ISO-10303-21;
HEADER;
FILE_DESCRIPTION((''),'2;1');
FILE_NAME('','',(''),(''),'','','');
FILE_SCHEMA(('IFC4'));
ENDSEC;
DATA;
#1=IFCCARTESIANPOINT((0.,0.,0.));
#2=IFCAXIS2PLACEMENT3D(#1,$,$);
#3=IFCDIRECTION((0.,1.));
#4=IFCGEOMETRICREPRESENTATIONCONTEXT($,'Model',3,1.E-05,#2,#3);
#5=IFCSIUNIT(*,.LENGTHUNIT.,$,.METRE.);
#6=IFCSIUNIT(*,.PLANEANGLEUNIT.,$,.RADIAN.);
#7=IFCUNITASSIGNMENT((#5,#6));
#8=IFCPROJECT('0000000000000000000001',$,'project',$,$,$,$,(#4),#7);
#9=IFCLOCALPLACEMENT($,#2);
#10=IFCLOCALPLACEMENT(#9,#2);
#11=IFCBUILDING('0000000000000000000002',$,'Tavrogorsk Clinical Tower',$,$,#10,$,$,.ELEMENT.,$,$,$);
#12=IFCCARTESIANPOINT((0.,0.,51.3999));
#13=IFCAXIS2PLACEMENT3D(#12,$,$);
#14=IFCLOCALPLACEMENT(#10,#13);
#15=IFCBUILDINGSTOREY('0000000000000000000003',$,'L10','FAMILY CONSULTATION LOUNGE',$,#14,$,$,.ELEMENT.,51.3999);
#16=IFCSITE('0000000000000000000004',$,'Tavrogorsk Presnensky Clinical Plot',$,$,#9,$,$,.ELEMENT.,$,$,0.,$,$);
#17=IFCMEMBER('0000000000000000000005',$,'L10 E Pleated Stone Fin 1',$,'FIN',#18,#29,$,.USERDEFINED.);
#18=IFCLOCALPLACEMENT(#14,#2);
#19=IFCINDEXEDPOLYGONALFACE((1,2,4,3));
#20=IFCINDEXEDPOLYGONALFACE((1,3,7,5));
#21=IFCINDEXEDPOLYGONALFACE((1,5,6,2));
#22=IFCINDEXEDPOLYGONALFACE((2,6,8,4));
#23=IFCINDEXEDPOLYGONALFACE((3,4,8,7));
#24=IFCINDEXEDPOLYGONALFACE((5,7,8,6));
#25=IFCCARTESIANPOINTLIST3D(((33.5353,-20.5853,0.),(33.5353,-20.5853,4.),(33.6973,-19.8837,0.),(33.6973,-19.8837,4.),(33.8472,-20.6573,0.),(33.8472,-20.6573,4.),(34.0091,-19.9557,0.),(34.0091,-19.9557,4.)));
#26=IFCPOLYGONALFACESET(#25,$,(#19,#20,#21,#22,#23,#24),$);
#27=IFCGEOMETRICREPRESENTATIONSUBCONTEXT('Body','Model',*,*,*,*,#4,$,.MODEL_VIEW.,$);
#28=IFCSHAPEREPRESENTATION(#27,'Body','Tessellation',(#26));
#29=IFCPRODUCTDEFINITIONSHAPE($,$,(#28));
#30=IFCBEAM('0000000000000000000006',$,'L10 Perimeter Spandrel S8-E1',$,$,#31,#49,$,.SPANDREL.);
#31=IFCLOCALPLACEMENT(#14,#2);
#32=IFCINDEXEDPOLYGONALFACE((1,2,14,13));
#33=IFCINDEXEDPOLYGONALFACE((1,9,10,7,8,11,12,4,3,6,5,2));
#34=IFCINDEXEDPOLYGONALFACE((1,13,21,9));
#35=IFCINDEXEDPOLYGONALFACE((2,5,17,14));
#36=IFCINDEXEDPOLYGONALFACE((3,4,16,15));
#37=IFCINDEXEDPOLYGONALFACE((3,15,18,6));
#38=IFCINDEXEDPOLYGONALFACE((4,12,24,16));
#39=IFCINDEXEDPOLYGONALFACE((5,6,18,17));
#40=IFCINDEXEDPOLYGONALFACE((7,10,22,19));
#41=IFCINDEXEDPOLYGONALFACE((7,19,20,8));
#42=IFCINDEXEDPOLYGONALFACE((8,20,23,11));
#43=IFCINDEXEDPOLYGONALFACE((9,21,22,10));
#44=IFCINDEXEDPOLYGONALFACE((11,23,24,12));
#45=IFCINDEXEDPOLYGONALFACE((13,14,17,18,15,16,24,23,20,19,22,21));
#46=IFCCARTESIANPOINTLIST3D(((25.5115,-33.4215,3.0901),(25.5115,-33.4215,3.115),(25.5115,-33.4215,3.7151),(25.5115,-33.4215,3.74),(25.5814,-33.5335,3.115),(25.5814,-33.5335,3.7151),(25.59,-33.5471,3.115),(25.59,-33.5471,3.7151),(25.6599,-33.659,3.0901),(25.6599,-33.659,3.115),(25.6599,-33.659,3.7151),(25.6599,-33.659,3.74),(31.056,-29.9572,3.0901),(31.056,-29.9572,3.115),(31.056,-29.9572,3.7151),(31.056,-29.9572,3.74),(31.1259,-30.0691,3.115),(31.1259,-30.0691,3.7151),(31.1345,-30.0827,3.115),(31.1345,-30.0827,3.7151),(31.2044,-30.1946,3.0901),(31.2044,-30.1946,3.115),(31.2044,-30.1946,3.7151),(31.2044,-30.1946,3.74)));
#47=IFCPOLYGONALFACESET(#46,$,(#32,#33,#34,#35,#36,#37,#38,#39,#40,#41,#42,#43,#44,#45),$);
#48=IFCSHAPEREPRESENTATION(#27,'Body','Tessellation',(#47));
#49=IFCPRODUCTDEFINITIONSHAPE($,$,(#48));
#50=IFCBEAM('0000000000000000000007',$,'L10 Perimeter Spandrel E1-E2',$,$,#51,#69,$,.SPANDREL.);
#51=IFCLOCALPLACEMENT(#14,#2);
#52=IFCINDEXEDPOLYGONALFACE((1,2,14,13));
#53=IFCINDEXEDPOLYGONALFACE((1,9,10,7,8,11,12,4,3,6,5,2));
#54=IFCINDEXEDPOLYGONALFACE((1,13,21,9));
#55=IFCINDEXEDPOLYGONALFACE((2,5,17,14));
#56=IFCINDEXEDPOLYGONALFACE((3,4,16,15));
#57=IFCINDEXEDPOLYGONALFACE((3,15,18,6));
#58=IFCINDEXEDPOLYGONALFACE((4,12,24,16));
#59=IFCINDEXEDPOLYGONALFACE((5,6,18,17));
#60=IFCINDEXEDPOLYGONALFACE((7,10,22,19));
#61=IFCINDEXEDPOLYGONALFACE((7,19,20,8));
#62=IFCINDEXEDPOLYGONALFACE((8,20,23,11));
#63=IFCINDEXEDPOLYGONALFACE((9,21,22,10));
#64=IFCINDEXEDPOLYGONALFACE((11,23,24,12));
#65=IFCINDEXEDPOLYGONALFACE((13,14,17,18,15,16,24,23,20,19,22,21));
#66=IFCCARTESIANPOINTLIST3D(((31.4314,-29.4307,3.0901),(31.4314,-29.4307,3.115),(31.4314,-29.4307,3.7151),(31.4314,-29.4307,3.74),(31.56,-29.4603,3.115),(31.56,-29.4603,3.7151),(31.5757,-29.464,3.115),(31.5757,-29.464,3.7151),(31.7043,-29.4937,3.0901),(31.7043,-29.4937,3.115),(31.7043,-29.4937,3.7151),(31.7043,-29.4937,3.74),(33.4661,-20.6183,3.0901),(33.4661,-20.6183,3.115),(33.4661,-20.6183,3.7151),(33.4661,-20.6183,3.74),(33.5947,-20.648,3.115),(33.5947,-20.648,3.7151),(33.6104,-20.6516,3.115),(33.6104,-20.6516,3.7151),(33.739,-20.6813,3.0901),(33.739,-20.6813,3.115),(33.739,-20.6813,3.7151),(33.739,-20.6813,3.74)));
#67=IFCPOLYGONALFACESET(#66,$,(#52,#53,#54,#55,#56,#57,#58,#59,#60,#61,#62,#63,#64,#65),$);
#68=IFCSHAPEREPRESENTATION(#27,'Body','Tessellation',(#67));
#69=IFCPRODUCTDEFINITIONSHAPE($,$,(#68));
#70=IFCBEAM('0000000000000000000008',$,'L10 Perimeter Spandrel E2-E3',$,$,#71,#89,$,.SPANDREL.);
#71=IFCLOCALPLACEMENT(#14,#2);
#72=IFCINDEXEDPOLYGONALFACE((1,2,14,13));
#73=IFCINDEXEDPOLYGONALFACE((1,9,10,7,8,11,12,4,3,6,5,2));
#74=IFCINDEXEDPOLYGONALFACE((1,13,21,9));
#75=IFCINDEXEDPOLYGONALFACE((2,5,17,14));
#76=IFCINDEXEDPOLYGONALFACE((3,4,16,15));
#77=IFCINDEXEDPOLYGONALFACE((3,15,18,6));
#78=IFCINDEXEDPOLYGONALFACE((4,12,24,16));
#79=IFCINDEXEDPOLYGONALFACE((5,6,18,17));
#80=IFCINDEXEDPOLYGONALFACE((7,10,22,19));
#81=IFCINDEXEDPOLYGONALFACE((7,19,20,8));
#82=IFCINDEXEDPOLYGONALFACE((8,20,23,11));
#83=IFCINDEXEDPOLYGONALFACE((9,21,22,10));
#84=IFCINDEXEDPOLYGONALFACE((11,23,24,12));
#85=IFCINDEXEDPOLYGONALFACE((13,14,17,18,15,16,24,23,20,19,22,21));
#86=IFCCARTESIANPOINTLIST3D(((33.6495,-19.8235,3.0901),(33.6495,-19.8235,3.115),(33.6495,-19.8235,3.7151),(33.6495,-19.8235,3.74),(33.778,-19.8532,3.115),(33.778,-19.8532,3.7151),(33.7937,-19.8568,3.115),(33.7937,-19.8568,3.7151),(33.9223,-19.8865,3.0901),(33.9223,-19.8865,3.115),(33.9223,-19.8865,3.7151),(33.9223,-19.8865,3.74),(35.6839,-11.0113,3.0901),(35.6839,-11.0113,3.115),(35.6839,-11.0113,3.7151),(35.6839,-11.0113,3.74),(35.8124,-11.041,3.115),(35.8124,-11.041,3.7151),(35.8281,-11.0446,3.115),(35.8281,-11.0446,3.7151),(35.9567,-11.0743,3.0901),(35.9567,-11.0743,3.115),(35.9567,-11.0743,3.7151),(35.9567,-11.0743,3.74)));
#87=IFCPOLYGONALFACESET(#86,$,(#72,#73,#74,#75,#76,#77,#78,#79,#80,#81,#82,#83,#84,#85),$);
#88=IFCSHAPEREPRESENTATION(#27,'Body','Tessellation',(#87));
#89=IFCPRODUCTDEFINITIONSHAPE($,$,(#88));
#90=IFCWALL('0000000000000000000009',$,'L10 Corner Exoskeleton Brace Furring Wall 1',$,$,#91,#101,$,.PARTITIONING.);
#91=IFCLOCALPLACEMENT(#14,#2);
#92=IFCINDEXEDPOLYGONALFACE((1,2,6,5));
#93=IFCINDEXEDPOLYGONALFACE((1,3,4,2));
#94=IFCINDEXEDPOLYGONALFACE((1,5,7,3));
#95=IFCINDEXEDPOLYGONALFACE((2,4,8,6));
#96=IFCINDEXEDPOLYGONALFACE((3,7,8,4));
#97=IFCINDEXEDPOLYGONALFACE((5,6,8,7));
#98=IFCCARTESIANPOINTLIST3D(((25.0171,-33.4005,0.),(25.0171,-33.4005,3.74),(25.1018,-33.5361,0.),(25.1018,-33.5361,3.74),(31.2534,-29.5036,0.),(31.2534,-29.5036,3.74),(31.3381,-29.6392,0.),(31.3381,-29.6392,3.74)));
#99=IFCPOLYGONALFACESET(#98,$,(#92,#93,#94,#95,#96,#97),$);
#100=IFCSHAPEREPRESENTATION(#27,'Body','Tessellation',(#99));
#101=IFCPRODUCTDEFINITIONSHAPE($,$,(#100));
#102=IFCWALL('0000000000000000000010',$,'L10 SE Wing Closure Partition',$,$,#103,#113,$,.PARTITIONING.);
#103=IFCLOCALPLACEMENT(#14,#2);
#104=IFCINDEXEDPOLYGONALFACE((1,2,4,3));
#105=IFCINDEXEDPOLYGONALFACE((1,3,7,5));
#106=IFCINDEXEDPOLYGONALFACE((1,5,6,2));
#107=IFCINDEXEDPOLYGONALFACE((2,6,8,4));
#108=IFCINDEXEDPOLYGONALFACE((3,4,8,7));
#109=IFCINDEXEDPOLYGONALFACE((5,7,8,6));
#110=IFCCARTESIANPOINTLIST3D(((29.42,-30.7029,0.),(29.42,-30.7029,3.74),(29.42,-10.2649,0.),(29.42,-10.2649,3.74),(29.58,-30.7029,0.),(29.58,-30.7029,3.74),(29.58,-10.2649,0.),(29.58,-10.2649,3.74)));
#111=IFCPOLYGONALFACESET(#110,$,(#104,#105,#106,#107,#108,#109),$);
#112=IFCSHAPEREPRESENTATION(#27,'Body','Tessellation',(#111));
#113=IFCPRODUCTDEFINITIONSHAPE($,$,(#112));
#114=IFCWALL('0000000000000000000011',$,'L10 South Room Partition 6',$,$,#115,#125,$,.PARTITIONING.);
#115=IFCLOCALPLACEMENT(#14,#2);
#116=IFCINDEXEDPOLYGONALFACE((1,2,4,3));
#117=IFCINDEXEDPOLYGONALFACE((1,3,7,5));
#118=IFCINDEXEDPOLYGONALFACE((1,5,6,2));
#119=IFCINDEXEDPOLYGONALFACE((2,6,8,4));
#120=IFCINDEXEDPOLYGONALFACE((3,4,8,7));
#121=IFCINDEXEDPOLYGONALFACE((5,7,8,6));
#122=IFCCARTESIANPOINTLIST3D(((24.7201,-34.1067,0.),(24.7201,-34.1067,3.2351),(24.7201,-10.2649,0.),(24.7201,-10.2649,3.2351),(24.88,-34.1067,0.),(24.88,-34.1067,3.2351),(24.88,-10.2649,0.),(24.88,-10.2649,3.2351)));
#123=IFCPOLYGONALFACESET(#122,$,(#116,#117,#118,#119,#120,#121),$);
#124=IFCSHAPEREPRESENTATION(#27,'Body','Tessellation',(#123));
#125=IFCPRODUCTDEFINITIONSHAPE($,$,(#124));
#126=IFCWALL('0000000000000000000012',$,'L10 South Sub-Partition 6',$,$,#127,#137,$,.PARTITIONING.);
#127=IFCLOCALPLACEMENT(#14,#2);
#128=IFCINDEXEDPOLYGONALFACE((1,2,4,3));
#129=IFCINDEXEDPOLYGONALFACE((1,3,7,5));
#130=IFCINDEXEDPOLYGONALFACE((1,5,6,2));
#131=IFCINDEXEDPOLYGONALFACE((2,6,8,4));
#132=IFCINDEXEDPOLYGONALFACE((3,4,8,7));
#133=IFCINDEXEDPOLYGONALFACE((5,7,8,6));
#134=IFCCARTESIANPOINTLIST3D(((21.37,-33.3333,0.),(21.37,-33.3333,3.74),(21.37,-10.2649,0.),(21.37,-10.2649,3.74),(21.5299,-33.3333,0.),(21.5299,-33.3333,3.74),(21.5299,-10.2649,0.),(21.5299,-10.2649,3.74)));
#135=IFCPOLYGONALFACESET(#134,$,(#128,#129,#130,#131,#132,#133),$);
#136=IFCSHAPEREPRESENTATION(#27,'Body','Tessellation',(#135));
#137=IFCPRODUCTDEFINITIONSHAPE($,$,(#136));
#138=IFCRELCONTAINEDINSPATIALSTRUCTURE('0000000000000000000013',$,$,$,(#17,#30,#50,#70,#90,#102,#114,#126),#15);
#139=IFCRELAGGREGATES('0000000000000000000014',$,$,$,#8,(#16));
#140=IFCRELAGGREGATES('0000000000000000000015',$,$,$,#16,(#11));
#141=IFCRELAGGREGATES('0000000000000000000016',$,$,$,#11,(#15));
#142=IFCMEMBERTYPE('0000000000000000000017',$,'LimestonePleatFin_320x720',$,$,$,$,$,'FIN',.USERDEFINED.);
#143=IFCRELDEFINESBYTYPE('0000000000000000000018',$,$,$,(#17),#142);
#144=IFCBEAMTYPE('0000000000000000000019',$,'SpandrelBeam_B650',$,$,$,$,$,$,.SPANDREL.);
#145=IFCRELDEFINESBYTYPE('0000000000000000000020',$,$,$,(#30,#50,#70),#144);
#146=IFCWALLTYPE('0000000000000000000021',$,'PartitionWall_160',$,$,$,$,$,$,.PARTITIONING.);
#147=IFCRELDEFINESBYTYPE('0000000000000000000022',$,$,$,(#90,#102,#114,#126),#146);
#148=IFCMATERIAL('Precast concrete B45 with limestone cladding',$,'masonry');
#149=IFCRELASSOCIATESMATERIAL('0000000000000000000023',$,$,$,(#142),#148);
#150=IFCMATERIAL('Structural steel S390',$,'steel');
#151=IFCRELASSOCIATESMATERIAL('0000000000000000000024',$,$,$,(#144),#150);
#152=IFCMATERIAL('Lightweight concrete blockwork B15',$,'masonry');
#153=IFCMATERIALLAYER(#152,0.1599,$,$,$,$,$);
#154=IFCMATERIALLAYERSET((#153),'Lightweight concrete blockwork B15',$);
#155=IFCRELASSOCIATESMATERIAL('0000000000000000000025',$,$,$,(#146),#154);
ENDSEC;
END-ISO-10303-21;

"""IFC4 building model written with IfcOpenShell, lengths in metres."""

from ifc_helpers import new_model, si_unit, direction, frame, frame_2d, origin, origin_2d, place, context, subcontext, project, spatial, rectangle, i_section, extrude, material, layer, layer_set, material_profile, profile_set, type_object, element, save


model = new_model("IFC4")

# Units and contexts
model_context = context("Model", 3, precision=1e-05, world=origin(), true_north=direction((0.0, 1.0)))
body_context = subcontext(model_context, "Body", "Model", "MODEL_VIEW")
ifc_project = project(units=[si_unit("LENGTHUNIT", "METRE"), si_unit("PLANEANGLEUNIT", "RADIAN")], contexts=[model_context])

# Site, building, storey
site_placement = place(None, origin())
site = spatial("IfcSite", under=ifc_project, at=site_placement, Name="Tavrogorsk Presnensky Clinical Plot", CompositionType="ELEMENT", RefElevation=0.0)
building_placement = place(site_placement, origin())
building = spatial("IfcBuilding", under=site, at=building_placement, Name="Tavrogorsk Clinical Tower", CompositionType="ELEMENT")
storey_placement = place(building_placement, frame((0.0, 0.0, 51.3999)))
storey = spatial("IfcBuildingStorey", under=building, at=storey_placement, Name="L10", Description="FAMILY CONSULTATION LOUNGE", CompositionType="ELEMENT", Elevation=51.3999)

# Member
ifc_material_1 = material(Name="Precast concrete B45 with limestone cladding", Category="masonry")
ifc_material_profile_1 = material_profile(ifc_material_1, rectangle(XDim=0.3201, YDim=0.72, at=origin_2d()), Name="LIMESTONE-FIN-320x720")
ifc_profile_set_1 = profile_set([ifc_material_profile_1], Name="Precast concrete B45 with limestone cladding")
member_type_1 = type_object("IfcMemberType", Name="LimestonePleatFin_320x720", ElementType="FIN", PredefinedType="USERDEFINED", material=ifc_profile_set_1)
member_1_placement = place(storey_placement, frame((33.7722, -20.2705, 0.0), z_axis=(0.0, 0.0, 1.0), x_axis=(0.97437, -0.224951, 0.0)))
element("IfcMember", 1, at=member_1_placement, inside=storey, type_object=member_type_1, Name="L10 E Pleated Stone Fin 1", ObjectType="FIN", PredefinedType="USERDEFINED", context=body_context, shape_type="SweptSolid", body=[
    extrude(rectangle(XDim=0.3201, YDim=0.72, at=origin_2d()), origin(), (0.0, 0.0, 1.0), 4.0),
])

# Beams
ifc_material_2 = material(Name="Structural steel S390", Category="steel")
ifc_material_profile_2 = material_profile(ifc_material_2, i_section(OverallWidth=0.28, OverallDepth=0.6499, WebThickness=0.0161, FlangeThickness=0.0249, at=origin_2d()), Name="B-650x280x16x25")
ifc_profile_set_2 = profile_set([ifc_material_profile_2], Name="Structural steel S390")
beam_type_1 = type_object("IfcBeamType", Name="SpandrelBeam_B650", PredefinedType="SPANDREL", material=ifc_profile_set_2)
beam_1_placement = place(storey_placement, frame((25.5857, -33.5403, 3.415), z_axis=(0.848061, 0.529898, 0.0), x_axis=(-0.529898, 0.848061, 0.0)))
element("IfcBeam", 2, at=beam_1_placement, inside=storey, type_object=beam_type_1, Name="L10 Perimeter Spandrel S8-E1", PredefinedType="SPANDREL", context=body_context, shape_type="SweptSolid", body=[
    extrude(i_section(OverallWidth=0.28, OverallDepth=0.6499, WebThickness=0.0161, FlangeThickness=0.0249, at=origin_2d()), origin(), (0.0, 0.0, 1.0), 6.5378),
])
beam_2_placement = place(storey_placement, frame((31.5679, -29.4622, 3.415), z_axis=(0.224972, 0.974365, 0.0), x_axis=(-0.974365, 0.224972, 0.0)))
element("IfcBeam", 3, at=beam_2_placement, inside=storey, type_object=beam_type_1, Name="L10 Perimeter Spandrel E1-E2", PredefinedType="SPANDREL", context=body_context, shape_type="SweptSolid", body=[
    extrude(i_section(OverallWidth=0.28, OverallDepth=0.6499, WebThickness=0.0161, FlangeThickness=0.0249, at=origin_2d()), origin(), (0.0, 0.0, 1.0), 9.0442),
])
beam_3_placement = place(storey_placement, frame((33.7859, -19.855, 3.415), z_axis=(0.224946, 0.974371, 0.0), x_axis=(-0.974371, 0.224946, 0.0)))
element("IfcBeam", 4, at=beam_3_placement, inside=storey, type_object=beam_type_1, Name="L10 Perimeter Spandrel E2-E3", PredefinedType="SPANDREL", context=body_context, shape_type="SweptSolid", body=[
    extrude(i_section(OverallWidth=0.28, OverallDepth=0.6499, WebThickness=0.0161, FlangeThickness=0.0249, at=origin_2d()), origin(), (0.0, 0.0, 1.0), 9.0439),
])

# Walls
ifc_material_3 = material(Name="Lightweight concrete blockwork B15", Category="masonry")
ifc_layer_1 = layer(ifc_material_3, 0.1599)
ifc_layer_set_1 = layer_set([ifc_layer_1], Name="Lightweight concrete blockwork B15")
wall_type_1 = type_object("IfcWallType", Name="PartitionWall_160", PredefinedType="PARTITIONING", material=ifc_layer_set_1)
wall_1_placement = place(storey_placement, frame((25.0596, -33.4683, 0.0), z_axis=(0.0, 0.0, 1.0), x_axis=(0.848043, 0.529927, 0.0)))
element("IfcWall", 5, at=wall_1_placement, inside=storey, type_object=wall_type_1, Name="L10 Corner Exoskeleton Brace Furring Wall 1", PredefinedType="PARTITIONING", context=body_context, shape_type="SweptSolid", body=[
    extrude(rectangle(XDim=7.3538, YDim=0.1599, at=frame_2d((3.6768, 0.0))), origin(), (0.0, 0.0, 1.0), 3.74),
])
wall_2_placement = place(storey_placement, frame((29.5, -30.7029, 0.0), z_axis=(0.0, 0.0, 1.0), x_axis=(0.0, 1.0, 0.0)))
element("IfcWall", 6, at=wall_2_placement, inside=storey, type_object=wall_type_1, Name="L10 SE Wing Closure Partition", PredefinedType="PARTITIONING", context=body_context, shape_type="SweptSolid", body=[
    extrude(rectangle(XDim=20.438, YDim=0.1599, at=frame_2d((10.219, 0.0))), origin(), (0.0, 0.0, 1.0), 3.74),
])
wall_3_placement = place(storey_placement, frame((24.8, -34.1067, 0.0), z_axis=(0.0, 0.0, 1.0), x_axis=(0.0, 1.0, 0.0)))
element("IfcWall", 7, at=wall_3_placement, inside=storey, type_object=wall_type_1, Name="L10 South Room Partition 6", PredefinedType="PARTITIONING", context=body_context, shape_type="SweptSolid", body=[
    extrude(rectangle(XDim=23.8418, YDim=0.1599, at=frame_2d((11.9209, 0.0))), origin(), (0.0, 0.0, 1.0), 3.2351),
])
wall_4_placement = place(storey_placement, frame((21.45, -33.3333, 0.0), z_axis=(0.0, 0.0, 1.0), x_axis=(0.0, 1.0, 0.0)))
element("IfcWall", 8, at=wall_4_placement, inside=storey, type_object=wall_type_1, Name="L10 South Sub-Partition 6", PredefinedType="PARTITIONING", context=body_context, shape_type="SweptSolid", body=[
    extrude(rectangle(XDim=23.0684, YDim=0.1599, at=frame_2d((11.5342, 0.0))), origin(), (0.0, 0.0, 1.0), 3.74),
])

save(model, "model.ifc")
